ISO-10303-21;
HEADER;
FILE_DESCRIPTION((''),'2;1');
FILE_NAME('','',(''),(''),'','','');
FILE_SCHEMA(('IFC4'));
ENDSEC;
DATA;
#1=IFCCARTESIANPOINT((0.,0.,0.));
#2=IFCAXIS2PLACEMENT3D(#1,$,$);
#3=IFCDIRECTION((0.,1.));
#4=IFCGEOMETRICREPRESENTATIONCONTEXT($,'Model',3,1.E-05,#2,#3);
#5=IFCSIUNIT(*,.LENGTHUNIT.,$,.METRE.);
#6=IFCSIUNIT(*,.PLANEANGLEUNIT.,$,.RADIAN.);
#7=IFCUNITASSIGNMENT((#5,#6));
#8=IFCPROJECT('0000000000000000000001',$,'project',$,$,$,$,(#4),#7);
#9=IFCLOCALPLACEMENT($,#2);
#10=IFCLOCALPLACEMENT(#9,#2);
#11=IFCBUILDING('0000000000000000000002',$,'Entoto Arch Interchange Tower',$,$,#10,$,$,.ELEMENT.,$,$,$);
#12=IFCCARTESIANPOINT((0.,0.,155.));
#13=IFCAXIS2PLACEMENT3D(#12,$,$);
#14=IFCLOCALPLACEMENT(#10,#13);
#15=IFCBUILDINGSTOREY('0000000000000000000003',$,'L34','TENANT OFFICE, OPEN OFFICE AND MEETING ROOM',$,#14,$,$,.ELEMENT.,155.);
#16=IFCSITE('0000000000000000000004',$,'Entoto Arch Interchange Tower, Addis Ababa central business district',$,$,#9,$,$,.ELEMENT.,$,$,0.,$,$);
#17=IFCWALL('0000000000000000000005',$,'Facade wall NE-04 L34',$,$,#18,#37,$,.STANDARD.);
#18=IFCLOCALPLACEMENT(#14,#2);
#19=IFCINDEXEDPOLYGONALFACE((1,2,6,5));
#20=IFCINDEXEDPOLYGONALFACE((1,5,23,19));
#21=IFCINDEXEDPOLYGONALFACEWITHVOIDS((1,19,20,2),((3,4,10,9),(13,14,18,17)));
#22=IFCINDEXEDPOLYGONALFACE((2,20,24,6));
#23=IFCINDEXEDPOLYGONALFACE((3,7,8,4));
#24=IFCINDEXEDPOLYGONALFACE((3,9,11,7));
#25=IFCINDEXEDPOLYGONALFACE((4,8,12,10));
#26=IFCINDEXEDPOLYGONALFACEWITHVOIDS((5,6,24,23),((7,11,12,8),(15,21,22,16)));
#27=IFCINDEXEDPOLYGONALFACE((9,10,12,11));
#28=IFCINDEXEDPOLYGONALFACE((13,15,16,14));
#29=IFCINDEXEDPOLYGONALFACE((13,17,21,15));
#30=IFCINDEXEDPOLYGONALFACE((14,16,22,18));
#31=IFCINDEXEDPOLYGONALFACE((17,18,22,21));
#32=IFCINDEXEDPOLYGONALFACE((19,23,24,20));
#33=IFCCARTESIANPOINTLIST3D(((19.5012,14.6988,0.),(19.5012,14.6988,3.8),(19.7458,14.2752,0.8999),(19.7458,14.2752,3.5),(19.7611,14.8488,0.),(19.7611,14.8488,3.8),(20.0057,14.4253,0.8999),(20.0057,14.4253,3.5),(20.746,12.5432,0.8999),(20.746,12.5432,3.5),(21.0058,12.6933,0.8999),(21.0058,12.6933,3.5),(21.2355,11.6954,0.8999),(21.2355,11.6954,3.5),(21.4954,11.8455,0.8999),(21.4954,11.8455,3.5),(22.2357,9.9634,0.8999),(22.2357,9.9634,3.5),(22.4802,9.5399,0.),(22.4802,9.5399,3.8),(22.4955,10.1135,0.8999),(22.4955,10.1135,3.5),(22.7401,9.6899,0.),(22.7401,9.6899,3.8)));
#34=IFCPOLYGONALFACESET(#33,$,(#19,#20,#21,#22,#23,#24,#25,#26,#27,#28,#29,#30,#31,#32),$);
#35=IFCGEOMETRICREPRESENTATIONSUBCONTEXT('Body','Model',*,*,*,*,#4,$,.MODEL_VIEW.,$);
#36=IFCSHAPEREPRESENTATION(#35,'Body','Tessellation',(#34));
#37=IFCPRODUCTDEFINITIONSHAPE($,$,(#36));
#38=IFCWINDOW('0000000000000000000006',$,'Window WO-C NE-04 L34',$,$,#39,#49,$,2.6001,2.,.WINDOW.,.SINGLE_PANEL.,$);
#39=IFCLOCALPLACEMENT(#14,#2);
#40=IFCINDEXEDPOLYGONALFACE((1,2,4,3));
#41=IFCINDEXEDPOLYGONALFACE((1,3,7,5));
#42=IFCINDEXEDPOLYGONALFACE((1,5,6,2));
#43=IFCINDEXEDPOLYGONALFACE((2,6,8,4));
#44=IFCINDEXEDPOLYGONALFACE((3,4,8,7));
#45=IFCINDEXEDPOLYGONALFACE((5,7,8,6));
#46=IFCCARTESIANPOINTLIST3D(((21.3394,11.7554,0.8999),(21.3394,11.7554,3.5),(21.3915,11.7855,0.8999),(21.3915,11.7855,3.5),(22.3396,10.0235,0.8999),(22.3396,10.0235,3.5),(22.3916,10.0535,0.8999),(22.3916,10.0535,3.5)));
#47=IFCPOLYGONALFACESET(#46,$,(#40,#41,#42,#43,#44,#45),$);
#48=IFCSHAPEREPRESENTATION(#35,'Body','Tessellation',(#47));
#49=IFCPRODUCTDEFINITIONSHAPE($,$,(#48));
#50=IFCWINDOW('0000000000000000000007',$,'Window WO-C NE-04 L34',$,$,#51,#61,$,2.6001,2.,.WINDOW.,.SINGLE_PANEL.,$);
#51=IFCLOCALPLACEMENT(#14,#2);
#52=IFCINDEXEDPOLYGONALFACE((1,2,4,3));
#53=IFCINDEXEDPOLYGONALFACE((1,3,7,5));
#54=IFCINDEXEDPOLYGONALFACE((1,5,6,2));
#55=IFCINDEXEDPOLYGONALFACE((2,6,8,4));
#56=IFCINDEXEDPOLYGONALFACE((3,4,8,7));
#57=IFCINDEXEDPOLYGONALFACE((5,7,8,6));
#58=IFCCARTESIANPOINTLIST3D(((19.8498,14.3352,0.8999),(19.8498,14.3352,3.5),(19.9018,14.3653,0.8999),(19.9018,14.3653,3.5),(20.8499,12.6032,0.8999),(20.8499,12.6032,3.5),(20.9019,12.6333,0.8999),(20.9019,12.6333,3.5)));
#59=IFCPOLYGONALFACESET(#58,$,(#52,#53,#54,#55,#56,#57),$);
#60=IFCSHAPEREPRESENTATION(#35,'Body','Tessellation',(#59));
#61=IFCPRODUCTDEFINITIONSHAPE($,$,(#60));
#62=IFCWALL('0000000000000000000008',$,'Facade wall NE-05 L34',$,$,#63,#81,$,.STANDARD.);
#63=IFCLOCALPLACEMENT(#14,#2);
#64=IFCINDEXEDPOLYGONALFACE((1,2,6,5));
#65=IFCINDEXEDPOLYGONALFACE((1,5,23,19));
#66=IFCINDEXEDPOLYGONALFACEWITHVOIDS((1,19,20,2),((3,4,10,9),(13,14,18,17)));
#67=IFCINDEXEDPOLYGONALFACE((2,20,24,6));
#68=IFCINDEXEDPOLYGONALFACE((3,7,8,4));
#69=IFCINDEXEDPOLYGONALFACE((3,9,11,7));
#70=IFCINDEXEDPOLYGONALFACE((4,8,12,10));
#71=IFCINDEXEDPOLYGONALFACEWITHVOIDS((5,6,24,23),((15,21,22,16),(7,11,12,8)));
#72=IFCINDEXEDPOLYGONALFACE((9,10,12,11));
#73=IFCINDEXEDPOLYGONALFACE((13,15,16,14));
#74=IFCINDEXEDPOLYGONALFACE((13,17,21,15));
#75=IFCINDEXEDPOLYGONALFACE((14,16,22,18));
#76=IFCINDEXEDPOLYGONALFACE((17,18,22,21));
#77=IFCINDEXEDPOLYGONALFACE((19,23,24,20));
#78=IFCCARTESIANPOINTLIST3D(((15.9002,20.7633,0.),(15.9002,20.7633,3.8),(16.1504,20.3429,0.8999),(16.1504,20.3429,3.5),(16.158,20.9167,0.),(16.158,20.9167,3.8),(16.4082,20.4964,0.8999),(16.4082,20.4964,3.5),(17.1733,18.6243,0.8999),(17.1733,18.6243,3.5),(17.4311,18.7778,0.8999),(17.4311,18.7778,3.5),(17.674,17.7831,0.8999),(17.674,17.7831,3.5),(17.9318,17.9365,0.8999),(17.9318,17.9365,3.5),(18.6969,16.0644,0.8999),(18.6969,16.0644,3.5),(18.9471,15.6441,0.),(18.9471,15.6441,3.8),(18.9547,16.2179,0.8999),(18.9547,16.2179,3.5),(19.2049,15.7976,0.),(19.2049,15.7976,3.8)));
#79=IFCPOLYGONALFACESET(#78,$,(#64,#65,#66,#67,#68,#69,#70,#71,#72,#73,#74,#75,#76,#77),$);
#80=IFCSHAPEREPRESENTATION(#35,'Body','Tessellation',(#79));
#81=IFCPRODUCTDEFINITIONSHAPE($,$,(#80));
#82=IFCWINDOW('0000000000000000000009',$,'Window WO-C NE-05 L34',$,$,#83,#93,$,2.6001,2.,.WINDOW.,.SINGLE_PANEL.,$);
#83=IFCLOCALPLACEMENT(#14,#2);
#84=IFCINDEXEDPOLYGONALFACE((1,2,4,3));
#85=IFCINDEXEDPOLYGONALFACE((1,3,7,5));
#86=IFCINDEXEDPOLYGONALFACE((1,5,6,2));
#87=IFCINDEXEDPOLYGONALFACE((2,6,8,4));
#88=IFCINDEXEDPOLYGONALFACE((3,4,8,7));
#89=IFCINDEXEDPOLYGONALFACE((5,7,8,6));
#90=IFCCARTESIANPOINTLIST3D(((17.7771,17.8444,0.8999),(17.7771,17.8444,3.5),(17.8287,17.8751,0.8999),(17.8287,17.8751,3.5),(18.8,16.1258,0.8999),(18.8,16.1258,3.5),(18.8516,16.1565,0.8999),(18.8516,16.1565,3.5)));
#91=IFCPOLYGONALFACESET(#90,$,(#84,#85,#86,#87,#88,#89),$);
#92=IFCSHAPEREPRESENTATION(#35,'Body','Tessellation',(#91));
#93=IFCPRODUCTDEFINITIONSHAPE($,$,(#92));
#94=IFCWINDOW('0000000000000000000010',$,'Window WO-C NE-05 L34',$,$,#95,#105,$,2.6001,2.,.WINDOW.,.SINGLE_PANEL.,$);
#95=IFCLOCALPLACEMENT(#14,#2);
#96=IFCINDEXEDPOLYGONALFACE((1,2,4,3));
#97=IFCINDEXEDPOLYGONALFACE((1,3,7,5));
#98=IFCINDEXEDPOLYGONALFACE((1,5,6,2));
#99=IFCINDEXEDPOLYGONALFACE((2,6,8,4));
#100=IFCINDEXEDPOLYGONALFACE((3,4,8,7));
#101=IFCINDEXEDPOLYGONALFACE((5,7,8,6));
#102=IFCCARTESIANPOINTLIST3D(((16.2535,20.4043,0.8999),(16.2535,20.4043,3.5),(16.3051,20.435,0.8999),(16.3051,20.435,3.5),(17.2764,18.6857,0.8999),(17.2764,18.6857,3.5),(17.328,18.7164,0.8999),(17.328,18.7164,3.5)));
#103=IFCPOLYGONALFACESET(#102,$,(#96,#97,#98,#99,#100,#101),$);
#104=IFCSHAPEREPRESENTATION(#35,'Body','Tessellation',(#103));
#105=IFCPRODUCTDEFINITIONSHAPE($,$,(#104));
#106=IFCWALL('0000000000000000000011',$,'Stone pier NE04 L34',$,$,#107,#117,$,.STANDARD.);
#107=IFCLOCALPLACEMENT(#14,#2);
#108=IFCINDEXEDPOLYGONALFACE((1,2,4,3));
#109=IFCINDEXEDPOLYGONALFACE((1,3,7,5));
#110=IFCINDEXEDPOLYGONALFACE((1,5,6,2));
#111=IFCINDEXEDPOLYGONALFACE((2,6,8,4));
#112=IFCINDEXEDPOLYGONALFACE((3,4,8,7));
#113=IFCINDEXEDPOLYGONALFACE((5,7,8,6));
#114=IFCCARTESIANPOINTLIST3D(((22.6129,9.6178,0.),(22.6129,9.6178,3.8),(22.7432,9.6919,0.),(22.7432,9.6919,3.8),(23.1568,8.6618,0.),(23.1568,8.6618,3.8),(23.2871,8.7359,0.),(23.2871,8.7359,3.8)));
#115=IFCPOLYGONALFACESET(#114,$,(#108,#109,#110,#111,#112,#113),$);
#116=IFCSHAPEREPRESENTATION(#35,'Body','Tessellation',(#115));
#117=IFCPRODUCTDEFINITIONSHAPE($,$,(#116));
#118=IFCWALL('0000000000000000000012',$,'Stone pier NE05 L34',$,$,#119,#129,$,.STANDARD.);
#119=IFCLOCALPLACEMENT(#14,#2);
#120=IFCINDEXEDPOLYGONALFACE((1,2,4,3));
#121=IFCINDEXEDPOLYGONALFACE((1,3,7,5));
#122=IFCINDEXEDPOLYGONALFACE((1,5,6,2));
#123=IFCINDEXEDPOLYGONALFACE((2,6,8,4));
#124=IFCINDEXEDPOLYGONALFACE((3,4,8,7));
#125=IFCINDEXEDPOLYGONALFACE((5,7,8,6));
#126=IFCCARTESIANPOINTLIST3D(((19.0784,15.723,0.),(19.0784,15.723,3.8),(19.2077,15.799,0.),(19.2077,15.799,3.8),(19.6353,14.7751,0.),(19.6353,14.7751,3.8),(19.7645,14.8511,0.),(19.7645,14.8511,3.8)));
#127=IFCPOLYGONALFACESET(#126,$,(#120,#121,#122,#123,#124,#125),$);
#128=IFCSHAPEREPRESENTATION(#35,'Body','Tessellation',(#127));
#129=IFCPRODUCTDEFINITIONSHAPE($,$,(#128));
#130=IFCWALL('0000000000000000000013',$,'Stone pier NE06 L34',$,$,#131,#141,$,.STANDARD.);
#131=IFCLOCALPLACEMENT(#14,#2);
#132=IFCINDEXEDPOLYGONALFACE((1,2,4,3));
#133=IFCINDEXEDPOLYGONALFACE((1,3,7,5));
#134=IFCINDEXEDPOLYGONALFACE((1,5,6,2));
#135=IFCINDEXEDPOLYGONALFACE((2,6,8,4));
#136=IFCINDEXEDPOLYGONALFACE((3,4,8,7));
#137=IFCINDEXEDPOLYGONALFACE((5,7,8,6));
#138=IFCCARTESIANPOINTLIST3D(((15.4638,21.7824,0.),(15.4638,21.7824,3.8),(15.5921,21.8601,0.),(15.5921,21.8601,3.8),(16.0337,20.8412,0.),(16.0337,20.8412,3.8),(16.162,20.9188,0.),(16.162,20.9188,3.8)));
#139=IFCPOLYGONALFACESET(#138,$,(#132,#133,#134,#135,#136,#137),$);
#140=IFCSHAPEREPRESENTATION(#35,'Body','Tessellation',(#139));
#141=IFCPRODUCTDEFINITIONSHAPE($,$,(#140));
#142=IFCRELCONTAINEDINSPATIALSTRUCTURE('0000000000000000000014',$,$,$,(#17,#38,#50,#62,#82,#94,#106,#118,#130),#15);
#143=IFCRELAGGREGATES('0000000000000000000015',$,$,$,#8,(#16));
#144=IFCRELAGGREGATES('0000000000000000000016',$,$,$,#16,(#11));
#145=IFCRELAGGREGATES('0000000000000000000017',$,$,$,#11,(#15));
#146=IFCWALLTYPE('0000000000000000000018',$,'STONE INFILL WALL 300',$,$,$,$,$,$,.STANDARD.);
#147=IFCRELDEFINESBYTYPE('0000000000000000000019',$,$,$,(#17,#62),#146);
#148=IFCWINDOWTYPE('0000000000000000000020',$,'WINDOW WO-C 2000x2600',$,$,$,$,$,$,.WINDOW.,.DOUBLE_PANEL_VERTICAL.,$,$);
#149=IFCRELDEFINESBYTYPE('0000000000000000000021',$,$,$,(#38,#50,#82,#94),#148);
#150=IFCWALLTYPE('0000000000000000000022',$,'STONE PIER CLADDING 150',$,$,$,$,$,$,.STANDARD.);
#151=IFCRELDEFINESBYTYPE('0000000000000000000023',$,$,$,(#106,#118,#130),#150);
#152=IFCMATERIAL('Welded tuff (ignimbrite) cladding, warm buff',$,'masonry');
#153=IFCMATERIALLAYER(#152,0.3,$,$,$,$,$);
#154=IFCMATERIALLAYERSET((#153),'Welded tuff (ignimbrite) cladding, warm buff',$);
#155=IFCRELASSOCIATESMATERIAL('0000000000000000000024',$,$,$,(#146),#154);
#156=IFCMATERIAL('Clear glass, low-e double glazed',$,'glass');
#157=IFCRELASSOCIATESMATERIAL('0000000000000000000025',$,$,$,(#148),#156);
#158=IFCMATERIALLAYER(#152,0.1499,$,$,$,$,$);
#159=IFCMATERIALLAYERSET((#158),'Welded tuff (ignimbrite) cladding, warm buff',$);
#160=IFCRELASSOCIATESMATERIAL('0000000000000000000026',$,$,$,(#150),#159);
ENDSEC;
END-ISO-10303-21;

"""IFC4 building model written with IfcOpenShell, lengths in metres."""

from ifc_helpers import new_model, si_unit, direction, frame, frame_2d, origin, place, context, subcontext, project, spatial, rectangle, extrude, material, layer, layer_set, type_object, element, fill, save


model = new_model("IFC4")

# Units and contexts
model_context = context("Model", 3, precision=1e-05, world=origin(), true_north=direction((0.0, 1.0)))
body_context = subcontext(model_context, "Body", "Model", "MODEL_VIEW")
ifc_project = project(units=[si_unit("LENGTHUNIT", "METRE"), si_unit("PLANEANGLEUNIT", "RADIAN")], contexts=[model_context])

# Site, building, storey
site_placement = place(None, origin())
site = spatial("IfcSite", under=ifc_project, at=site_placement, Name="Entoto Arch Interchange Tower, Addis Ababa central business district", CompositionType="ELEMENT", RefElevation=0.0)
building_placement = place(site_placement, origin())
building = spatial("IfcBuilding", under=site, at=building_placement, Name="Entoto Arch Interchange Tower", CompositionType="ELEMENT")
storey_placement = place(building_placement, frame((0.0, 0.0, 155.0)))
storey = spatial("IfcBuildingStorey", under=building, at=storey_placement, Name="L34", Description="TENANT OFFICE, OPEN OFFICE AND MEETING ROOM", CompositionType="ELEMENT", Elevation=155.0)

# Walls, openings, windows
ifc_material_1 = material(Name="Welded tuff (ignimbrite) cladding, warm buff", Category="masonry")
ifc_layer_1 = layer(ifc_material_1, 0.3)
ifc_layer_set_1 = layer_set([ifc_layer_1], Name="Welded tuff (ignimbrite) cladding, warm buff")
wall_type_1 = type_object("IfcWallType", Name="STONE INFILL WALL 300", PredefinedType="STANDARD", material=ifc_layer_set_1)
wall_1_placement = place(storey_placement, frame((22.6101, 9.615, 0.0), z_axis=(0.0, 0.0, 1.0), x_axis=(-0.500062, 0.86599, 0.0)))
wall_1 = element("IfcWall", 1, at=wall_1_placement, inside=storey, type_object=wall_type_1, Name="Facade wall NE-04 L34", PredefinedType="STANDARD", context=body_context, shape_type="SweptSolid", body=[
    extrude(rectangle(XDim=5.9573, YDim=0.3, at=frame_2d((2.9785, 0.0))), origin(), (0.0, 0.0, 1.0), 3.8),
])
opening_1_placement = place(wall_1_placement, frame((0.489, 0.0, 0.8999)))
opening_1 = element("IfcOpeningElement", 2, at=opening_1_placement, cuts=wall_1, PredefinedType="OPENING", context=body_context, shape_type="SweptSolid", body=[
    extrude(rectangle(XDim=2.0, YDim=2.6001, at=frame_2d((1.0, 1.3))), frame((0.0, 0.1602, 0.0), z_axis=(0.0, -1.0, 0.0), x_axis=(1.0, 0.0, 0.0)), (0.0, 0.0, 1.0), 0.3201),
])
opening_2_placement = place(wall_1_placement, frame((3.468, 0.0, 0.8999)))
opening_2 = element("IfcOpeningElement", 3, at=opening_2_placement, cuts=wall_1, PredefinedType="OPENING", context=body_context, shape_type="SweptSolid", body=[
    extrude(rectangle(XDim=2.0, YDim=2.6001, at=frame_2d((1.0, 1.3))), frame((0.0, 0.1602, 0.0), z_axis=(0.0, -1.0, 0.0), x_axis=(1.0, 0.0, 0.0)), (0.0, 0.0, 1.0), 0.3201),
])
ifc_material_2 = material(Name="Clear glass, low-e double glazed", Category="glass")
window_type = type_object("IfcWindowType", Name="WINDOW WO-C 2000x2600", PartitioningType="DOUBLE_PANEL_VERTICAL", PredefinedType="WINDOW", material=ifc_material_2)
window_1_placement = place(opening_1_placement, origin())
window_1 = element("IfcWindow", 4, at=window_1_placement, inside=storey, type_object=window_type, Name="Window WO-C NE-04 L34", OverallHeight=2.6001, OverallWidth=2.0, PartitioningType="SINGLE_PANEL", PredefinedType="WINDOW", context=body_context, shape_type="SweptSolid", body=[
    extrude(rectangle(XDim=2.0, YDim=2.6001, at=frame_2d((1.0, 1.3))), frame((0.0, 0.03, 0.0), z_axis=(0.0, -1.0, 0.0), x_axis=(1.0, 0.0, 0.0)), (0.0, 0.0, 1.0), 0.0601),
])
fill(opening_1, window_1)
window_2_placement = place(opening_2_placement, origin())
window_2 = element("IfcWindow", 5, at=window_2_placement, inside=storey, type_object=window_type, Name="Window WO-C NE-04 L34", OverallHeight=2.6001, OverallWidth=2.0, PartitioningType="SINGLE_PANEL", PredefinedType="WINDOW", context=body_context, shape_type="SweptSolid", body=[
    extrude(rectangle(XDim=2.0, YDim=2.6001, at=frame_2d((1.0, 1.3))), frame((0.0, 0.03, 0.0), z_axis=(0.0, -1.0, 0.0), x_axis=(1.0, 0.0, 0.0)), (0.0, 0.0, 1.0), 0.0601),
])
fill(opening_2, window_2)
wall_2_placement = place(storey_placement, frame((19.0759, 15.7209, 0.0), z_axis=(0.0, 0.0, 1.0), x_axis=(-0.511455, 0.85931, 0.0)))
wall_2 = element("IfcWall", 6, at=wall_2_placement, inside=storey, type_object=wall_type_1, Name="Facade wall NE-05 L34", PredefinedType="STANDARD", context=body_context, shape_type="SweptSolid", body=[
    extrude(rectangle(XDim=5.9573, YDim=0.3, at=frame_2d((2.9785, 0.0))), origin(), (0.0, 0.0, 1.0), 3.8),
])
opening_3_placement = place(wall_2_placement, frame((0.489, 0.0, 0.8999)))
opening_3 = element("IfcOpeningElement", 7, at=opening_3_placement, cuts=wall_2, PredefinedType="OPENING", context=body_context, shape_type="SweptSolid", body=[
    extrude(rectangle(XDim=2.0, YDim=2.6001, at=frame_2d((1.0, 1.3))), frame((0.0, 0.1602, 0.0), z_axis=(0.0, -1.0, 0.0), x_axis=(1.0, 0.0, 0.0)), (0.0, 0.0, 1.0), 0.3201),
])
opening_4_placement = place(wall_2_placement, frame((3.468, 0.0, 0.8999)))
opening_4 = element("IfcOpeningElement", 8, at=opening_4_placement, cuts=wall_2, PredefinedType="OPENING", context=body_context, shape_type="SweptSolid", body=[
    extrude(rectangle(XDim=2.0, YDim=2.6001, at=frame_2d((1.0, 1.3))), frame((0.0, 0.1602, 0.0), z_axis=(0.0, -1.0, 0.0), x_axis=(1.0, 0.0, 0.0)), (0.0, 0.0, 1.0), 0.3201),
])
window_3_placement = place(opening_3_placement, origin())
window_3 = element("IfcWindow", 9, at=window_3_placement, inside=storey, type_object=window_type, Name="Window WO-C NE-05 L34", OverallHeight=2.6001, OverallWidth=2.0, PartitioningType="SINGLE_PANEL", PredefinedType="WINDOW", context=body_context, shape_type="SweptSolid", body=[
    extrude(rectangle(XDim=2.0, YDim=2.6001, at=frame_2d((1.0, 1.3))), frame((0.0, 0.03, 0.0), z_axis=(0.0, -1.0, 0.0), x_axis=(1.0, 0.0, 0.0)), (0.0, 0.0, 1.0), 0.0601),
])
fill(opening_3, window_3)
window_4_placement = place(opening_4_placement, origin())
window_4 = element("IfcWindow", 10, at=window_4_placement, inside=storey, type_object=window_type, Name="Window WO-C NE-05 L34", OverallHeight=2.6001, OverallWidth=2.0, PartitioningType="SINGLE_PANEL", PredefinedType="WINDOW", context=body_context, shape_type="SweptSolid", body=[
    extrude(rectangle(XDim=2.0, YDim=2.6001, at=frame_2d((1.0, 1.3))), frame((0.0, 0.03, 0.0), z_axis=(0.0, -1.0, 0.0), x_axis=(1.0, 0.0, 0.0)), (0.0, 0.0, 1.0), 0.0601),
])
fill(opening_4, window_4)

# Walls
ifc_layer_2 = layer(ifc_material_1, 0.1499)
ifc_layer_set_2 = layer_set([ifc_layer_2], Name="Welded tuff (ignimbrite) cladding, warm buff")
wall_type_2 = type_object("IfcWallType", Name="STONE PIER CLADDING 150", PredefinedType="STANDARD", material=ifc_layer_set_2)
wall_3_placement = place(storey_placement, frame((23.2219, 8.699, 0.0), z_axis=(0.0, 0.0, 1.0), x_axis=(-0.494513, 0.86917, 0.0)))
element("IfcWall", 11, at=wall_3_placement, inside=storey, type_object=wall_type_2, Name="Stone pier NE04 L34", PredefinedType="STANDARD", context=body_context, shape_type="SweptSolid", body=[
    extrude(rectangle(XDim=1.0999, YDim=0.1499, at=frame_2d((0.5498, 0.0))), origin(), (0.0, 0.0, 1.0), 3.8),
])
wall_4_placement = place(storey_placement, frame((19.7, 14.813, 0.0), z_axis=(0.0, 0.0, 1.0), x_axis=(-0.506506, 0.862237, 0.0)))
element("IfcWall", 12, at=wall_4_placement, inside=storey, type_object=wall_type_2, Name="Stone pier NE05 L34", PredefinedType="STANDARD", context=body_context, shape_type="SweptSolid", body=[
    extrude(rectangle(XDim=1.0994, YDim=0.1499, at=frame_2d((0.5498, 0.0))), origin(), (0.0, 0.0, 1.0), 3.8),
])
wall_5_placement = place(storey_placement, frame((16.0979, 20.8799, 0.0), z_axis=(0.0, 0.0, 1.0), x_axis=(-0.517918, 0.85543, 0.0)))
element("IfcWall", 13, at=wall_5_placement, inside=storey, type_object=wall_type_2, Name="Stone pier NE06 L34", PredefinedType="STANDARD", context=body_context, shape_type="SweptSolid", body=[
    extrude(rectangle(XDim=1.1003, YDim=0.1499, at=frame_2d((0.5503, 0.0))), origin(), (0.0, 0.0, 1.0), 3.8),
])

save(model, "model.ifc")
